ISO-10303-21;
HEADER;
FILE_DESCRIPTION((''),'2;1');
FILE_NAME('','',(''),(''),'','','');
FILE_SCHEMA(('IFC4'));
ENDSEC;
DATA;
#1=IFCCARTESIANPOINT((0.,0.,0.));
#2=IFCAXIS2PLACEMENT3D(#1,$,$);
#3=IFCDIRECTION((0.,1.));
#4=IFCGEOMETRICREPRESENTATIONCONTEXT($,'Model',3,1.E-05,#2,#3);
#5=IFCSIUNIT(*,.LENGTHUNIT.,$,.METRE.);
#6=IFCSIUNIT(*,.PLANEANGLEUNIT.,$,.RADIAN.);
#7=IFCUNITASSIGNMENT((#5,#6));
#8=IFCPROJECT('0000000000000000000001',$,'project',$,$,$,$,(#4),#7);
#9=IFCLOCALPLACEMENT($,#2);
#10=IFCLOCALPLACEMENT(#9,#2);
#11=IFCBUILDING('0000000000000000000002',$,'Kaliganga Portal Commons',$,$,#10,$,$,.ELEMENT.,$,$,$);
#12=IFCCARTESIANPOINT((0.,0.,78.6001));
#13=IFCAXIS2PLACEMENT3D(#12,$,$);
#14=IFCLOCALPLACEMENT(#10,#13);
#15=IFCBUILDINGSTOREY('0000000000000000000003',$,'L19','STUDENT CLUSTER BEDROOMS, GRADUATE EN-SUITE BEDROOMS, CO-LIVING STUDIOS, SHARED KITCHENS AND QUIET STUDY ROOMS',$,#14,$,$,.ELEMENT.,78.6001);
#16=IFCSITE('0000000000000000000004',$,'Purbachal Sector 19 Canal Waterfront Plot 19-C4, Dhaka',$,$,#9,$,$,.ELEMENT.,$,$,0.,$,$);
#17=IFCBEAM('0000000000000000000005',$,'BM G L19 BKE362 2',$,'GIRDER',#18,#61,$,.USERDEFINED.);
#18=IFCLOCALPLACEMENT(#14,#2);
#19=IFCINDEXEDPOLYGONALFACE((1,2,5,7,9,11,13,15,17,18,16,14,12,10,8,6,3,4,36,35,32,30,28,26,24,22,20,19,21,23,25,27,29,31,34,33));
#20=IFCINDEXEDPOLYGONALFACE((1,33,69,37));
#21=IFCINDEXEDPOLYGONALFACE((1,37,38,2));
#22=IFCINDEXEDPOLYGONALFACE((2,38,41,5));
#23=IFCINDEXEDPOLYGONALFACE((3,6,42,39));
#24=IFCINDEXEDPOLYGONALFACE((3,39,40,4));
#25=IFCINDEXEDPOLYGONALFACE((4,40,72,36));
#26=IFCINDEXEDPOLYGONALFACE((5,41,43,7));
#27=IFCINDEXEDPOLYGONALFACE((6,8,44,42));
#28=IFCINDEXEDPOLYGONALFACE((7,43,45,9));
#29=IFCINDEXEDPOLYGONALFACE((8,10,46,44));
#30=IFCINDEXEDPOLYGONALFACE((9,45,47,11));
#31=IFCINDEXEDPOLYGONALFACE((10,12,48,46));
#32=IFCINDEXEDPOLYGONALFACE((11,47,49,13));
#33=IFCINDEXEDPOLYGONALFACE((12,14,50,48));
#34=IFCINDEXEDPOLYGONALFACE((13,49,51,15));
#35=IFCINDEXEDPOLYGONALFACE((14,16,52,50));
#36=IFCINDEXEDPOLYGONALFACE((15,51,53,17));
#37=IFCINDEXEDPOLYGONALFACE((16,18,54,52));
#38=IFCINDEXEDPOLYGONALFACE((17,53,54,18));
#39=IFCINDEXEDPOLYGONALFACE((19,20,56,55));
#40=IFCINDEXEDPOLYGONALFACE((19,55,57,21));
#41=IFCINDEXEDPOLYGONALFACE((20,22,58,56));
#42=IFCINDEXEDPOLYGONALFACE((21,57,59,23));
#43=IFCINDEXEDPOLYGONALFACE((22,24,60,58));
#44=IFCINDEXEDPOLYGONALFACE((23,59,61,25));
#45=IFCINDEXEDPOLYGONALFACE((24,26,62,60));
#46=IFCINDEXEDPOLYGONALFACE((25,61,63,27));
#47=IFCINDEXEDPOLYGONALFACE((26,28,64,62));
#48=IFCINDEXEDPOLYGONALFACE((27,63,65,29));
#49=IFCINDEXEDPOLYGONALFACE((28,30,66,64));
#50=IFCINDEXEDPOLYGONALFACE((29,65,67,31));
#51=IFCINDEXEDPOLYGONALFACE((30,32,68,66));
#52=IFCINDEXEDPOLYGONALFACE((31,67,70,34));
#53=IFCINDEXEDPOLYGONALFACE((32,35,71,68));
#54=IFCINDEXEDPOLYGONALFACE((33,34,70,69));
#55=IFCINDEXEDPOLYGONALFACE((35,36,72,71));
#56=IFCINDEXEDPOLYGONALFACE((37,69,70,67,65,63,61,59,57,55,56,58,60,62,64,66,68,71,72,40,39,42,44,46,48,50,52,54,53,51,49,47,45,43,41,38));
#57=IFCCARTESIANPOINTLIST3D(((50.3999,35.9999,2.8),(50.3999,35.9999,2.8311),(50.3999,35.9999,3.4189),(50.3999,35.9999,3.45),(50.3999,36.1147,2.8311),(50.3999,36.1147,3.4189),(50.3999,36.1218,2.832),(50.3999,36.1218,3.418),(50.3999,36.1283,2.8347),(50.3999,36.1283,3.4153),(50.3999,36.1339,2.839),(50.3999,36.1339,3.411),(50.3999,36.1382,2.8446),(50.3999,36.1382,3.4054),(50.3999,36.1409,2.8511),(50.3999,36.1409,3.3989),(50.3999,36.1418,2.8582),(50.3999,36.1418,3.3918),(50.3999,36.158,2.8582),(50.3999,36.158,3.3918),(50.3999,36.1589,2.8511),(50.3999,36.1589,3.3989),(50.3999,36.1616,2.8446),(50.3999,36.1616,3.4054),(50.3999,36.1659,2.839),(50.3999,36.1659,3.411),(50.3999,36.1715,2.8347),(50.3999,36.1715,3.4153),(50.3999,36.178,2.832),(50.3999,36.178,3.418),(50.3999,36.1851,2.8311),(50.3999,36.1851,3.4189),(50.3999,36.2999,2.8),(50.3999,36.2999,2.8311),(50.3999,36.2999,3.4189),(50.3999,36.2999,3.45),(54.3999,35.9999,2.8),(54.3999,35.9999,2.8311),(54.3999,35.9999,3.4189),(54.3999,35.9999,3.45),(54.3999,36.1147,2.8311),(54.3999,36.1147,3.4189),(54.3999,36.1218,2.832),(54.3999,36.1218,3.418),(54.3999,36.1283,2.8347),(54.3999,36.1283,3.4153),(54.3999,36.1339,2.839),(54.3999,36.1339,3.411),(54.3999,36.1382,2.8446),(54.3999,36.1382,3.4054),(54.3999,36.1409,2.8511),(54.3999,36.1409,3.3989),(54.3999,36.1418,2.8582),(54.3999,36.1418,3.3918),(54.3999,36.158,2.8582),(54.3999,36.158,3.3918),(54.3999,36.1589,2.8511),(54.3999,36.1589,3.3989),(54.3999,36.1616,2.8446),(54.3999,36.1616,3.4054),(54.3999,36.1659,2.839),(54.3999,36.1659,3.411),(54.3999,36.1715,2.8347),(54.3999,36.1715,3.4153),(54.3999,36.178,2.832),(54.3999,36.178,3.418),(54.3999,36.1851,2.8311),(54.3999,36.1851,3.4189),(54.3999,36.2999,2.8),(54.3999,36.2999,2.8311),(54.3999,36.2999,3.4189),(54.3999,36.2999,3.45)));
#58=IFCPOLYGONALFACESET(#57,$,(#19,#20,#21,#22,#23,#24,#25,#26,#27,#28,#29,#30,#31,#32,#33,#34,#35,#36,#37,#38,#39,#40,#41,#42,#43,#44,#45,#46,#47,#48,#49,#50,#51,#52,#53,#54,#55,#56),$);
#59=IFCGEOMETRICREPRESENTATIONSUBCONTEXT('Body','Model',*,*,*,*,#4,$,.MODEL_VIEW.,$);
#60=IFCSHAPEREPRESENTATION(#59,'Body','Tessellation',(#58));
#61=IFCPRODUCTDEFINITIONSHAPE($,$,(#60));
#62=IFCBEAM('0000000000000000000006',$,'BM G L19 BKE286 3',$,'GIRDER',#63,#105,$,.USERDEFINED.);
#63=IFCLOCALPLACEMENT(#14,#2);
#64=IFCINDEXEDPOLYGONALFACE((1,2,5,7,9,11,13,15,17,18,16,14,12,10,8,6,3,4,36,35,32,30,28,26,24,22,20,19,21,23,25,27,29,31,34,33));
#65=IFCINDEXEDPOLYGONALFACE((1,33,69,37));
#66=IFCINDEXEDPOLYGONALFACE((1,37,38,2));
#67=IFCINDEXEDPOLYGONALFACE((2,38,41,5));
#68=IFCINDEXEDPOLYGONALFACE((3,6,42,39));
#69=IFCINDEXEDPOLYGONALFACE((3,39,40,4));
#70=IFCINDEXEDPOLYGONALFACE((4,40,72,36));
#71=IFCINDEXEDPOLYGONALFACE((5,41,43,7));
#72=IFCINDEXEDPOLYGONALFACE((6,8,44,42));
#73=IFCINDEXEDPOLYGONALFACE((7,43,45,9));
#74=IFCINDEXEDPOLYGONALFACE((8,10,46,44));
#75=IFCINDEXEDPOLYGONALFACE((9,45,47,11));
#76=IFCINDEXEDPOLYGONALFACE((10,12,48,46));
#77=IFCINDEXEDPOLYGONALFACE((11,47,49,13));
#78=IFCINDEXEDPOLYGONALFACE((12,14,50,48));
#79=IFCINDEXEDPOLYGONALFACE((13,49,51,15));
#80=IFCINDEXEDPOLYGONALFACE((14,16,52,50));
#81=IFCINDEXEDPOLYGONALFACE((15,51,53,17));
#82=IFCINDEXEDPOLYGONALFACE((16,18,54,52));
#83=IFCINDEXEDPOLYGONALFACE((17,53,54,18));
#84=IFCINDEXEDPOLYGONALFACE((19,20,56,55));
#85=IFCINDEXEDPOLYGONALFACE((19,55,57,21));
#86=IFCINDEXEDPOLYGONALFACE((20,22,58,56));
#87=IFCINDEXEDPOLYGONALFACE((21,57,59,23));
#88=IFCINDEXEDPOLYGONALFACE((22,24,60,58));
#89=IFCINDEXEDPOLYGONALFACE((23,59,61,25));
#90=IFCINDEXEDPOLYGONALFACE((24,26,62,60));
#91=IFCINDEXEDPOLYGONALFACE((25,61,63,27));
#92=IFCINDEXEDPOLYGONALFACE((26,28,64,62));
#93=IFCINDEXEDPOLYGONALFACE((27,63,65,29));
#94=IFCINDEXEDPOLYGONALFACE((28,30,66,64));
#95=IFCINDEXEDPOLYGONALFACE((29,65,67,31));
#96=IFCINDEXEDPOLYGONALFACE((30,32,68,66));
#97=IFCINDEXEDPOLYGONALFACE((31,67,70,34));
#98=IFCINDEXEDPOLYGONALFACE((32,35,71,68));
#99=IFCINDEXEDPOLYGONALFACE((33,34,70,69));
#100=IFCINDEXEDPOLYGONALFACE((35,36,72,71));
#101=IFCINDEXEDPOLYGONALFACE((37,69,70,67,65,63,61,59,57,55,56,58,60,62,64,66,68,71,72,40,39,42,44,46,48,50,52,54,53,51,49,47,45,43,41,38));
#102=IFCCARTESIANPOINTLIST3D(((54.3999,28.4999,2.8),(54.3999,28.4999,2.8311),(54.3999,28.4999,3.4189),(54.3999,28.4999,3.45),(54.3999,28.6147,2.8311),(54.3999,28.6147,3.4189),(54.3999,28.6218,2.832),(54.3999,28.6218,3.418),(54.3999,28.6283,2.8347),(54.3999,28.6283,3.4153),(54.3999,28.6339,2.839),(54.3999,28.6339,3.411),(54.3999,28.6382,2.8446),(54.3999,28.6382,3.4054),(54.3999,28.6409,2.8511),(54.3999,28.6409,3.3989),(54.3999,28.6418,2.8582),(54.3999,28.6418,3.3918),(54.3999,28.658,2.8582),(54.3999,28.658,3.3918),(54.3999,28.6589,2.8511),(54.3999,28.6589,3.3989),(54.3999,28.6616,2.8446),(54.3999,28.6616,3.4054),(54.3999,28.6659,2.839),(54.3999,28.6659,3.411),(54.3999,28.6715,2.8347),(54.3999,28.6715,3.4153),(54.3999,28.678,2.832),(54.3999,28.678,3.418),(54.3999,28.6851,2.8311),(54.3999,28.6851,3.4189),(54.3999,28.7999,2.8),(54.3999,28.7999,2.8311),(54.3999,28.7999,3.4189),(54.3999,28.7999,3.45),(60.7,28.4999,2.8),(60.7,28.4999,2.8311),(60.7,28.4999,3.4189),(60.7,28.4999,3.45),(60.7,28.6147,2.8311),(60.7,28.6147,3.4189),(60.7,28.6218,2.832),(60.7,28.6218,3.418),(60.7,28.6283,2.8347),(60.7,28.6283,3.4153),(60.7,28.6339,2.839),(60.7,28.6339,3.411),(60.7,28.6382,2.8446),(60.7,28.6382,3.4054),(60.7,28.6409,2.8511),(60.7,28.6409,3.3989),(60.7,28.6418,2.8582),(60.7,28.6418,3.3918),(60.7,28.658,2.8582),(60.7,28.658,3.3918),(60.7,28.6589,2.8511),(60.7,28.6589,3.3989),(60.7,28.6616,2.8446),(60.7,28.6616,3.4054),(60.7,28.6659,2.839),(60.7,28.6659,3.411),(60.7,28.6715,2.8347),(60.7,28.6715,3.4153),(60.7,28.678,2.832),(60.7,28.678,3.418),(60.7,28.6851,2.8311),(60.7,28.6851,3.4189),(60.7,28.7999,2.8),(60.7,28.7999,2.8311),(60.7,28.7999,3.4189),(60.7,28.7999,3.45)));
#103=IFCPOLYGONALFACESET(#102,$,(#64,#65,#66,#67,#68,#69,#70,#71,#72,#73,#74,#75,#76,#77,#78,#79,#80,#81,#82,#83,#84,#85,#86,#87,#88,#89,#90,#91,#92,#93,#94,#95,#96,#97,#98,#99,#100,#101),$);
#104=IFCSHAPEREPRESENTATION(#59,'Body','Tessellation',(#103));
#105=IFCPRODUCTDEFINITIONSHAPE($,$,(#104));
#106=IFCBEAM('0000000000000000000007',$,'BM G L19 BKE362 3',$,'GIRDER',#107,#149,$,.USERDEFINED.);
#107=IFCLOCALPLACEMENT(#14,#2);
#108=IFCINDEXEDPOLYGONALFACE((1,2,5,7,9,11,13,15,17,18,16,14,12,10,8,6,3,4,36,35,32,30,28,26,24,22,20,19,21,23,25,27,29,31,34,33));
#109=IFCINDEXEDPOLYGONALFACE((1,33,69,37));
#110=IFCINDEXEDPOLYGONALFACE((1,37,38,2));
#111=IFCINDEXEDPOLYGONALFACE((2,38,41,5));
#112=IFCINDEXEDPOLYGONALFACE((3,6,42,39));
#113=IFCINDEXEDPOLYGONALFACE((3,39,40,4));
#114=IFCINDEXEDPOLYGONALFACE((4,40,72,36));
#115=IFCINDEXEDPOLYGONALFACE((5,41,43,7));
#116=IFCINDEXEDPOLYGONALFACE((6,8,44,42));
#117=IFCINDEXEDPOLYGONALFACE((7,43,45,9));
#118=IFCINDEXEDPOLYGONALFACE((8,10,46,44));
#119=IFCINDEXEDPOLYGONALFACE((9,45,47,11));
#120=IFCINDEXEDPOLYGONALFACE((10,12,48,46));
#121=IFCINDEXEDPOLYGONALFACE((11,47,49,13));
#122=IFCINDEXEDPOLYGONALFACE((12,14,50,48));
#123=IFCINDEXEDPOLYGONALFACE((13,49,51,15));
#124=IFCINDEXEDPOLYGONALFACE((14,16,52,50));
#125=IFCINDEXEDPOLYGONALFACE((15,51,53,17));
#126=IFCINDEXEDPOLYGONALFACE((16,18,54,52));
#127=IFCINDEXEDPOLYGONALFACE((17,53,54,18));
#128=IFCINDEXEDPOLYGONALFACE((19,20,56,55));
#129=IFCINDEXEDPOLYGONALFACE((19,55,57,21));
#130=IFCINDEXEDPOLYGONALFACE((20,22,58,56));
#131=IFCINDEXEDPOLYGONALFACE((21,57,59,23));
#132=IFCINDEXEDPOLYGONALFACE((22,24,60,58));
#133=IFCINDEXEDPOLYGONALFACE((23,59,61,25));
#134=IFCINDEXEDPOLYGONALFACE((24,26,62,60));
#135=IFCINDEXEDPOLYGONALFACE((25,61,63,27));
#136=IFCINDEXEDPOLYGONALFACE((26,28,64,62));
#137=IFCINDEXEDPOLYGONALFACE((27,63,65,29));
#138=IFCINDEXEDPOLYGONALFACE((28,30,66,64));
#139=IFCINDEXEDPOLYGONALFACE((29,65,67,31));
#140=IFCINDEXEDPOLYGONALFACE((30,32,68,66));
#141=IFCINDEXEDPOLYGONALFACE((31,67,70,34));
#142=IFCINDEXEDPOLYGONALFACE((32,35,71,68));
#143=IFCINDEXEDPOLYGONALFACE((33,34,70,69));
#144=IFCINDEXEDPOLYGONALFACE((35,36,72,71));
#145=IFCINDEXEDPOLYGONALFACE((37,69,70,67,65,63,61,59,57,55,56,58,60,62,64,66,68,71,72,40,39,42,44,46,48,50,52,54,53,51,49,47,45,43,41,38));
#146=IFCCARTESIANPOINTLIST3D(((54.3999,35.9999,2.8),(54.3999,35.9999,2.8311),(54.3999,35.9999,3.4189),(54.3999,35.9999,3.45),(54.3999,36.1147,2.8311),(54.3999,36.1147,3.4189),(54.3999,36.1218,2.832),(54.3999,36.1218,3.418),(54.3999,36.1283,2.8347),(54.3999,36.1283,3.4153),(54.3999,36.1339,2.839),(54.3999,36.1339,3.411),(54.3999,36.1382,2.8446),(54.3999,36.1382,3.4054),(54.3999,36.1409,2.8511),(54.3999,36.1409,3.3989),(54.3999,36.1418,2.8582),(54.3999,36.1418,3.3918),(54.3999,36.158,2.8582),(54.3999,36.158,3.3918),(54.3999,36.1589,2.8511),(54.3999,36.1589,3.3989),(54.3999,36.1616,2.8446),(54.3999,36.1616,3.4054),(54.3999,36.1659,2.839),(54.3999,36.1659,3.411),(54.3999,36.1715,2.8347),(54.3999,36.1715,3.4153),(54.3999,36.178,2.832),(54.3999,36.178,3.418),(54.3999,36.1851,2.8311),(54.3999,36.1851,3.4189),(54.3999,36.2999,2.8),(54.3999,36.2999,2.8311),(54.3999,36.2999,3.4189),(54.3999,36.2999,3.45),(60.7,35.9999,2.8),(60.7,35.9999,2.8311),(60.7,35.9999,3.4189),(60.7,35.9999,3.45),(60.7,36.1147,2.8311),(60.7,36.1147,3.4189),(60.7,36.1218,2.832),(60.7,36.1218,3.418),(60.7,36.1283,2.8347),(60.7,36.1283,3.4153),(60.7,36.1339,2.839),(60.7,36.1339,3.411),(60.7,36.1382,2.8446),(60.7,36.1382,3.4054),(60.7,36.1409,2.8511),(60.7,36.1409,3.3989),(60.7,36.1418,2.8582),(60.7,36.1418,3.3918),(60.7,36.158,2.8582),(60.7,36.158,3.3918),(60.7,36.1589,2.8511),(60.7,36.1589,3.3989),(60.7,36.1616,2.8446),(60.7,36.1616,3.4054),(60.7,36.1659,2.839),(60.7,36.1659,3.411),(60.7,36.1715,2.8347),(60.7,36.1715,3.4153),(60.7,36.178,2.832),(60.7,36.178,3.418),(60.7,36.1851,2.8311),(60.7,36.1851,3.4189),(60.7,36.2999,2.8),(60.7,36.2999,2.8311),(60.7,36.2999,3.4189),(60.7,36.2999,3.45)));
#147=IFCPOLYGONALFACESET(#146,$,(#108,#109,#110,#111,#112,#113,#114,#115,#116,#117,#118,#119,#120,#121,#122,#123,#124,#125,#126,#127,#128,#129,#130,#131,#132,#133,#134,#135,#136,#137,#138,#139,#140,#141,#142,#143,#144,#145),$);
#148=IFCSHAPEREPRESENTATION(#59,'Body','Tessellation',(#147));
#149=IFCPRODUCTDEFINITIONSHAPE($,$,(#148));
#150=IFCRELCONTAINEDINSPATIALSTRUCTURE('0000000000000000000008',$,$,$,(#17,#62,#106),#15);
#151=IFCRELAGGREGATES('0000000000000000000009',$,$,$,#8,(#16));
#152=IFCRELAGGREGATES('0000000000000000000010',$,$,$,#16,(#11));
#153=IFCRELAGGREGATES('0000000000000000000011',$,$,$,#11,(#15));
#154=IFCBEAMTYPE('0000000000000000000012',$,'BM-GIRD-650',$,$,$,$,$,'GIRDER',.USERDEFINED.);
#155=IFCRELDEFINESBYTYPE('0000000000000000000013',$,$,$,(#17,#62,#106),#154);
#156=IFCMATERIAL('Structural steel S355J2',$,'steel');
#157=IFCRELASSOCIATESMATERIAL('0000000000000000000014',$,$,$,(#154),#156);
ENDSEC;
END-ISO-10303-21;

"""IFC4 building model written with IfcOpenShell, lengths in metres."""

from ifc_helpers import new_model, si_unit, direction, frame, origin, origin_2d, place, context, subcontext, project, spatial, i_section, extrude, source, transform, mapped, material, material_profile, profile_set, type_object, element, save


model = new_model("IFC4")

# Units and contexts
model_context = context("Model", 3, precision=1e-05, world=origin(), true_north=direction((0.0, 1.0)))
body_context = subcontext(model_context, "Body", "Model", "MODEL_VIEW")
ifc_project = project(units=[si_unit("LENGTHUNIT", "METRE"), si_unit("PLANEANGLEUNIT", "RADIAN")], contexts=[model_context])

# Site, building, storey
site_placement = place(None, origin())
site = spatial("IfcSite", under=ifc_project, at=site_placement, Name="Purbachal Sector 19 Canal Waterfront Plot 19-C4, Dhaka", CompositionType="ELEMENT", RefElevation=0.0)
building_placement = place(site_placement, origin())
building = spatial("IfcBuilding", under=site, at=building_placement, Name="Kaliganga Portal Commons", CompositionType="ELEMENT")
storey_placement = place(building_placement, frame((0.0, 0.0, 78.6001)))
storey = spatial("IfcBuildingStorey", under=building, at=storey_placement, Name="L19", Description="STUDENT CLUSTER BEDROOMS, GRADUATE EN-SUITE BEDROOMS, CO-LIVING STUDIOS, SHARED KITCHENS AND QUIET STUDY ROOMS", CompositionType="ELEMENT", Elevation=78.6001)

# Beams
ifc_material_1 = material(Name="Structural steel S355J2", Category="steel")
ifc_material_profile_1 = material_profile(ifc_material_1, i_section(OverallWidth=0.3, OverallDepth=0.6499, WebThickness=0.0161, FlangeThickness=0.031, FilletRadius=0.0271, at=origin_2d()), Name="HE 650 B")
ifc_profile_set_1 = profile_set([ifc_material_profile_1], Name="Structural steel S355J2 wide-flange")
beam_type_1 = type_object("IfcBeamType", Name="BM-GIRD-650", ElementType="GIRDER", PredefinedType="USERDEFINED", material=ifc_profile_set_1)
shared_shape_1 = source(origin(), body_context, "Body", "SweptSolid", [
    extrude(i_section(OverallWidth=0.3, OverallDepth=0.6499, WebThickness=0.0161, FlangeThickness=0.031, FilletRadius=0.0271, at=origin_2d()), origin(), (0.0, 0.0, 1.0), 4.0),
])
beam_1_placement = place(storey_placement, frame((50.3999, 36.1499, 3.125), z_axis=(1.0, 0.0, 0.0), x_axis=(0.0, 1.0, 0.0)))
element("IfcBeam", 1, at=beam_1_placement, inside=storey, type_object=beam_type_1, Name="BM G L19 BKE362 2", ObjectType="GIRDER", PredefinedType="USERDEFINED", context=body_context, shape_type="MappedRepresentation", body=[
    mapped(shared_shape_1, transform((0.0, 0.0, 0.0), x_axis=(1.0, 0.0, 0.0), y_axis=(0.0, 1.0, 0.0), z_axis=(0.0, 0.0, 1.0), scale=1.0)),
])
shared_shape_2 = source(origin(), body_context, "Body", "SweptSolid", [
    extrude(i_section(OverallWidth=0.3, OverallDepth=0.6499, WebThickness=0.0161, FlangeThickness=0.031, FilletRadius=0.0271, at=origin_2d()), origin(), (0.0, 0.0, 1.0), 6.3),
])
for number, where, z_axis, x_axis, name in (
    (2, (54.3999, 28.6499, 3.125), (1.0, 0.0, 0.0), (0.0, 1.0, 0.0), "BM G L19 BKE286 3"),
    (3, (54.3999, 36.1499, 3.125), (1.0, 0.0, 0.0), (0.0, 1.0, 0.0), "BM G L19 BKE362 3"),
):
    element("IfcBeam", number, at=place(storey_placement, frame(where, z_axis=z_axis, x_axis=x_axis)), inside=storey, type_object=beam_type_1, Name=name, ObjectType="GIRDER", PredefinedType="USERDEFINED", context=body_context, shape_type="MappedRepresentation", body=[
        mapped(shared_shape_2, transform((0.0, 0.0, 0.0), x_axis=(1.0, 0.0, 0.0), y_axis=(0.0, 1.0, 0.0), z_axis=(0.0, 0.0, 1.0), scale=1.0)),
    ])

save(model, "model.ifc")
